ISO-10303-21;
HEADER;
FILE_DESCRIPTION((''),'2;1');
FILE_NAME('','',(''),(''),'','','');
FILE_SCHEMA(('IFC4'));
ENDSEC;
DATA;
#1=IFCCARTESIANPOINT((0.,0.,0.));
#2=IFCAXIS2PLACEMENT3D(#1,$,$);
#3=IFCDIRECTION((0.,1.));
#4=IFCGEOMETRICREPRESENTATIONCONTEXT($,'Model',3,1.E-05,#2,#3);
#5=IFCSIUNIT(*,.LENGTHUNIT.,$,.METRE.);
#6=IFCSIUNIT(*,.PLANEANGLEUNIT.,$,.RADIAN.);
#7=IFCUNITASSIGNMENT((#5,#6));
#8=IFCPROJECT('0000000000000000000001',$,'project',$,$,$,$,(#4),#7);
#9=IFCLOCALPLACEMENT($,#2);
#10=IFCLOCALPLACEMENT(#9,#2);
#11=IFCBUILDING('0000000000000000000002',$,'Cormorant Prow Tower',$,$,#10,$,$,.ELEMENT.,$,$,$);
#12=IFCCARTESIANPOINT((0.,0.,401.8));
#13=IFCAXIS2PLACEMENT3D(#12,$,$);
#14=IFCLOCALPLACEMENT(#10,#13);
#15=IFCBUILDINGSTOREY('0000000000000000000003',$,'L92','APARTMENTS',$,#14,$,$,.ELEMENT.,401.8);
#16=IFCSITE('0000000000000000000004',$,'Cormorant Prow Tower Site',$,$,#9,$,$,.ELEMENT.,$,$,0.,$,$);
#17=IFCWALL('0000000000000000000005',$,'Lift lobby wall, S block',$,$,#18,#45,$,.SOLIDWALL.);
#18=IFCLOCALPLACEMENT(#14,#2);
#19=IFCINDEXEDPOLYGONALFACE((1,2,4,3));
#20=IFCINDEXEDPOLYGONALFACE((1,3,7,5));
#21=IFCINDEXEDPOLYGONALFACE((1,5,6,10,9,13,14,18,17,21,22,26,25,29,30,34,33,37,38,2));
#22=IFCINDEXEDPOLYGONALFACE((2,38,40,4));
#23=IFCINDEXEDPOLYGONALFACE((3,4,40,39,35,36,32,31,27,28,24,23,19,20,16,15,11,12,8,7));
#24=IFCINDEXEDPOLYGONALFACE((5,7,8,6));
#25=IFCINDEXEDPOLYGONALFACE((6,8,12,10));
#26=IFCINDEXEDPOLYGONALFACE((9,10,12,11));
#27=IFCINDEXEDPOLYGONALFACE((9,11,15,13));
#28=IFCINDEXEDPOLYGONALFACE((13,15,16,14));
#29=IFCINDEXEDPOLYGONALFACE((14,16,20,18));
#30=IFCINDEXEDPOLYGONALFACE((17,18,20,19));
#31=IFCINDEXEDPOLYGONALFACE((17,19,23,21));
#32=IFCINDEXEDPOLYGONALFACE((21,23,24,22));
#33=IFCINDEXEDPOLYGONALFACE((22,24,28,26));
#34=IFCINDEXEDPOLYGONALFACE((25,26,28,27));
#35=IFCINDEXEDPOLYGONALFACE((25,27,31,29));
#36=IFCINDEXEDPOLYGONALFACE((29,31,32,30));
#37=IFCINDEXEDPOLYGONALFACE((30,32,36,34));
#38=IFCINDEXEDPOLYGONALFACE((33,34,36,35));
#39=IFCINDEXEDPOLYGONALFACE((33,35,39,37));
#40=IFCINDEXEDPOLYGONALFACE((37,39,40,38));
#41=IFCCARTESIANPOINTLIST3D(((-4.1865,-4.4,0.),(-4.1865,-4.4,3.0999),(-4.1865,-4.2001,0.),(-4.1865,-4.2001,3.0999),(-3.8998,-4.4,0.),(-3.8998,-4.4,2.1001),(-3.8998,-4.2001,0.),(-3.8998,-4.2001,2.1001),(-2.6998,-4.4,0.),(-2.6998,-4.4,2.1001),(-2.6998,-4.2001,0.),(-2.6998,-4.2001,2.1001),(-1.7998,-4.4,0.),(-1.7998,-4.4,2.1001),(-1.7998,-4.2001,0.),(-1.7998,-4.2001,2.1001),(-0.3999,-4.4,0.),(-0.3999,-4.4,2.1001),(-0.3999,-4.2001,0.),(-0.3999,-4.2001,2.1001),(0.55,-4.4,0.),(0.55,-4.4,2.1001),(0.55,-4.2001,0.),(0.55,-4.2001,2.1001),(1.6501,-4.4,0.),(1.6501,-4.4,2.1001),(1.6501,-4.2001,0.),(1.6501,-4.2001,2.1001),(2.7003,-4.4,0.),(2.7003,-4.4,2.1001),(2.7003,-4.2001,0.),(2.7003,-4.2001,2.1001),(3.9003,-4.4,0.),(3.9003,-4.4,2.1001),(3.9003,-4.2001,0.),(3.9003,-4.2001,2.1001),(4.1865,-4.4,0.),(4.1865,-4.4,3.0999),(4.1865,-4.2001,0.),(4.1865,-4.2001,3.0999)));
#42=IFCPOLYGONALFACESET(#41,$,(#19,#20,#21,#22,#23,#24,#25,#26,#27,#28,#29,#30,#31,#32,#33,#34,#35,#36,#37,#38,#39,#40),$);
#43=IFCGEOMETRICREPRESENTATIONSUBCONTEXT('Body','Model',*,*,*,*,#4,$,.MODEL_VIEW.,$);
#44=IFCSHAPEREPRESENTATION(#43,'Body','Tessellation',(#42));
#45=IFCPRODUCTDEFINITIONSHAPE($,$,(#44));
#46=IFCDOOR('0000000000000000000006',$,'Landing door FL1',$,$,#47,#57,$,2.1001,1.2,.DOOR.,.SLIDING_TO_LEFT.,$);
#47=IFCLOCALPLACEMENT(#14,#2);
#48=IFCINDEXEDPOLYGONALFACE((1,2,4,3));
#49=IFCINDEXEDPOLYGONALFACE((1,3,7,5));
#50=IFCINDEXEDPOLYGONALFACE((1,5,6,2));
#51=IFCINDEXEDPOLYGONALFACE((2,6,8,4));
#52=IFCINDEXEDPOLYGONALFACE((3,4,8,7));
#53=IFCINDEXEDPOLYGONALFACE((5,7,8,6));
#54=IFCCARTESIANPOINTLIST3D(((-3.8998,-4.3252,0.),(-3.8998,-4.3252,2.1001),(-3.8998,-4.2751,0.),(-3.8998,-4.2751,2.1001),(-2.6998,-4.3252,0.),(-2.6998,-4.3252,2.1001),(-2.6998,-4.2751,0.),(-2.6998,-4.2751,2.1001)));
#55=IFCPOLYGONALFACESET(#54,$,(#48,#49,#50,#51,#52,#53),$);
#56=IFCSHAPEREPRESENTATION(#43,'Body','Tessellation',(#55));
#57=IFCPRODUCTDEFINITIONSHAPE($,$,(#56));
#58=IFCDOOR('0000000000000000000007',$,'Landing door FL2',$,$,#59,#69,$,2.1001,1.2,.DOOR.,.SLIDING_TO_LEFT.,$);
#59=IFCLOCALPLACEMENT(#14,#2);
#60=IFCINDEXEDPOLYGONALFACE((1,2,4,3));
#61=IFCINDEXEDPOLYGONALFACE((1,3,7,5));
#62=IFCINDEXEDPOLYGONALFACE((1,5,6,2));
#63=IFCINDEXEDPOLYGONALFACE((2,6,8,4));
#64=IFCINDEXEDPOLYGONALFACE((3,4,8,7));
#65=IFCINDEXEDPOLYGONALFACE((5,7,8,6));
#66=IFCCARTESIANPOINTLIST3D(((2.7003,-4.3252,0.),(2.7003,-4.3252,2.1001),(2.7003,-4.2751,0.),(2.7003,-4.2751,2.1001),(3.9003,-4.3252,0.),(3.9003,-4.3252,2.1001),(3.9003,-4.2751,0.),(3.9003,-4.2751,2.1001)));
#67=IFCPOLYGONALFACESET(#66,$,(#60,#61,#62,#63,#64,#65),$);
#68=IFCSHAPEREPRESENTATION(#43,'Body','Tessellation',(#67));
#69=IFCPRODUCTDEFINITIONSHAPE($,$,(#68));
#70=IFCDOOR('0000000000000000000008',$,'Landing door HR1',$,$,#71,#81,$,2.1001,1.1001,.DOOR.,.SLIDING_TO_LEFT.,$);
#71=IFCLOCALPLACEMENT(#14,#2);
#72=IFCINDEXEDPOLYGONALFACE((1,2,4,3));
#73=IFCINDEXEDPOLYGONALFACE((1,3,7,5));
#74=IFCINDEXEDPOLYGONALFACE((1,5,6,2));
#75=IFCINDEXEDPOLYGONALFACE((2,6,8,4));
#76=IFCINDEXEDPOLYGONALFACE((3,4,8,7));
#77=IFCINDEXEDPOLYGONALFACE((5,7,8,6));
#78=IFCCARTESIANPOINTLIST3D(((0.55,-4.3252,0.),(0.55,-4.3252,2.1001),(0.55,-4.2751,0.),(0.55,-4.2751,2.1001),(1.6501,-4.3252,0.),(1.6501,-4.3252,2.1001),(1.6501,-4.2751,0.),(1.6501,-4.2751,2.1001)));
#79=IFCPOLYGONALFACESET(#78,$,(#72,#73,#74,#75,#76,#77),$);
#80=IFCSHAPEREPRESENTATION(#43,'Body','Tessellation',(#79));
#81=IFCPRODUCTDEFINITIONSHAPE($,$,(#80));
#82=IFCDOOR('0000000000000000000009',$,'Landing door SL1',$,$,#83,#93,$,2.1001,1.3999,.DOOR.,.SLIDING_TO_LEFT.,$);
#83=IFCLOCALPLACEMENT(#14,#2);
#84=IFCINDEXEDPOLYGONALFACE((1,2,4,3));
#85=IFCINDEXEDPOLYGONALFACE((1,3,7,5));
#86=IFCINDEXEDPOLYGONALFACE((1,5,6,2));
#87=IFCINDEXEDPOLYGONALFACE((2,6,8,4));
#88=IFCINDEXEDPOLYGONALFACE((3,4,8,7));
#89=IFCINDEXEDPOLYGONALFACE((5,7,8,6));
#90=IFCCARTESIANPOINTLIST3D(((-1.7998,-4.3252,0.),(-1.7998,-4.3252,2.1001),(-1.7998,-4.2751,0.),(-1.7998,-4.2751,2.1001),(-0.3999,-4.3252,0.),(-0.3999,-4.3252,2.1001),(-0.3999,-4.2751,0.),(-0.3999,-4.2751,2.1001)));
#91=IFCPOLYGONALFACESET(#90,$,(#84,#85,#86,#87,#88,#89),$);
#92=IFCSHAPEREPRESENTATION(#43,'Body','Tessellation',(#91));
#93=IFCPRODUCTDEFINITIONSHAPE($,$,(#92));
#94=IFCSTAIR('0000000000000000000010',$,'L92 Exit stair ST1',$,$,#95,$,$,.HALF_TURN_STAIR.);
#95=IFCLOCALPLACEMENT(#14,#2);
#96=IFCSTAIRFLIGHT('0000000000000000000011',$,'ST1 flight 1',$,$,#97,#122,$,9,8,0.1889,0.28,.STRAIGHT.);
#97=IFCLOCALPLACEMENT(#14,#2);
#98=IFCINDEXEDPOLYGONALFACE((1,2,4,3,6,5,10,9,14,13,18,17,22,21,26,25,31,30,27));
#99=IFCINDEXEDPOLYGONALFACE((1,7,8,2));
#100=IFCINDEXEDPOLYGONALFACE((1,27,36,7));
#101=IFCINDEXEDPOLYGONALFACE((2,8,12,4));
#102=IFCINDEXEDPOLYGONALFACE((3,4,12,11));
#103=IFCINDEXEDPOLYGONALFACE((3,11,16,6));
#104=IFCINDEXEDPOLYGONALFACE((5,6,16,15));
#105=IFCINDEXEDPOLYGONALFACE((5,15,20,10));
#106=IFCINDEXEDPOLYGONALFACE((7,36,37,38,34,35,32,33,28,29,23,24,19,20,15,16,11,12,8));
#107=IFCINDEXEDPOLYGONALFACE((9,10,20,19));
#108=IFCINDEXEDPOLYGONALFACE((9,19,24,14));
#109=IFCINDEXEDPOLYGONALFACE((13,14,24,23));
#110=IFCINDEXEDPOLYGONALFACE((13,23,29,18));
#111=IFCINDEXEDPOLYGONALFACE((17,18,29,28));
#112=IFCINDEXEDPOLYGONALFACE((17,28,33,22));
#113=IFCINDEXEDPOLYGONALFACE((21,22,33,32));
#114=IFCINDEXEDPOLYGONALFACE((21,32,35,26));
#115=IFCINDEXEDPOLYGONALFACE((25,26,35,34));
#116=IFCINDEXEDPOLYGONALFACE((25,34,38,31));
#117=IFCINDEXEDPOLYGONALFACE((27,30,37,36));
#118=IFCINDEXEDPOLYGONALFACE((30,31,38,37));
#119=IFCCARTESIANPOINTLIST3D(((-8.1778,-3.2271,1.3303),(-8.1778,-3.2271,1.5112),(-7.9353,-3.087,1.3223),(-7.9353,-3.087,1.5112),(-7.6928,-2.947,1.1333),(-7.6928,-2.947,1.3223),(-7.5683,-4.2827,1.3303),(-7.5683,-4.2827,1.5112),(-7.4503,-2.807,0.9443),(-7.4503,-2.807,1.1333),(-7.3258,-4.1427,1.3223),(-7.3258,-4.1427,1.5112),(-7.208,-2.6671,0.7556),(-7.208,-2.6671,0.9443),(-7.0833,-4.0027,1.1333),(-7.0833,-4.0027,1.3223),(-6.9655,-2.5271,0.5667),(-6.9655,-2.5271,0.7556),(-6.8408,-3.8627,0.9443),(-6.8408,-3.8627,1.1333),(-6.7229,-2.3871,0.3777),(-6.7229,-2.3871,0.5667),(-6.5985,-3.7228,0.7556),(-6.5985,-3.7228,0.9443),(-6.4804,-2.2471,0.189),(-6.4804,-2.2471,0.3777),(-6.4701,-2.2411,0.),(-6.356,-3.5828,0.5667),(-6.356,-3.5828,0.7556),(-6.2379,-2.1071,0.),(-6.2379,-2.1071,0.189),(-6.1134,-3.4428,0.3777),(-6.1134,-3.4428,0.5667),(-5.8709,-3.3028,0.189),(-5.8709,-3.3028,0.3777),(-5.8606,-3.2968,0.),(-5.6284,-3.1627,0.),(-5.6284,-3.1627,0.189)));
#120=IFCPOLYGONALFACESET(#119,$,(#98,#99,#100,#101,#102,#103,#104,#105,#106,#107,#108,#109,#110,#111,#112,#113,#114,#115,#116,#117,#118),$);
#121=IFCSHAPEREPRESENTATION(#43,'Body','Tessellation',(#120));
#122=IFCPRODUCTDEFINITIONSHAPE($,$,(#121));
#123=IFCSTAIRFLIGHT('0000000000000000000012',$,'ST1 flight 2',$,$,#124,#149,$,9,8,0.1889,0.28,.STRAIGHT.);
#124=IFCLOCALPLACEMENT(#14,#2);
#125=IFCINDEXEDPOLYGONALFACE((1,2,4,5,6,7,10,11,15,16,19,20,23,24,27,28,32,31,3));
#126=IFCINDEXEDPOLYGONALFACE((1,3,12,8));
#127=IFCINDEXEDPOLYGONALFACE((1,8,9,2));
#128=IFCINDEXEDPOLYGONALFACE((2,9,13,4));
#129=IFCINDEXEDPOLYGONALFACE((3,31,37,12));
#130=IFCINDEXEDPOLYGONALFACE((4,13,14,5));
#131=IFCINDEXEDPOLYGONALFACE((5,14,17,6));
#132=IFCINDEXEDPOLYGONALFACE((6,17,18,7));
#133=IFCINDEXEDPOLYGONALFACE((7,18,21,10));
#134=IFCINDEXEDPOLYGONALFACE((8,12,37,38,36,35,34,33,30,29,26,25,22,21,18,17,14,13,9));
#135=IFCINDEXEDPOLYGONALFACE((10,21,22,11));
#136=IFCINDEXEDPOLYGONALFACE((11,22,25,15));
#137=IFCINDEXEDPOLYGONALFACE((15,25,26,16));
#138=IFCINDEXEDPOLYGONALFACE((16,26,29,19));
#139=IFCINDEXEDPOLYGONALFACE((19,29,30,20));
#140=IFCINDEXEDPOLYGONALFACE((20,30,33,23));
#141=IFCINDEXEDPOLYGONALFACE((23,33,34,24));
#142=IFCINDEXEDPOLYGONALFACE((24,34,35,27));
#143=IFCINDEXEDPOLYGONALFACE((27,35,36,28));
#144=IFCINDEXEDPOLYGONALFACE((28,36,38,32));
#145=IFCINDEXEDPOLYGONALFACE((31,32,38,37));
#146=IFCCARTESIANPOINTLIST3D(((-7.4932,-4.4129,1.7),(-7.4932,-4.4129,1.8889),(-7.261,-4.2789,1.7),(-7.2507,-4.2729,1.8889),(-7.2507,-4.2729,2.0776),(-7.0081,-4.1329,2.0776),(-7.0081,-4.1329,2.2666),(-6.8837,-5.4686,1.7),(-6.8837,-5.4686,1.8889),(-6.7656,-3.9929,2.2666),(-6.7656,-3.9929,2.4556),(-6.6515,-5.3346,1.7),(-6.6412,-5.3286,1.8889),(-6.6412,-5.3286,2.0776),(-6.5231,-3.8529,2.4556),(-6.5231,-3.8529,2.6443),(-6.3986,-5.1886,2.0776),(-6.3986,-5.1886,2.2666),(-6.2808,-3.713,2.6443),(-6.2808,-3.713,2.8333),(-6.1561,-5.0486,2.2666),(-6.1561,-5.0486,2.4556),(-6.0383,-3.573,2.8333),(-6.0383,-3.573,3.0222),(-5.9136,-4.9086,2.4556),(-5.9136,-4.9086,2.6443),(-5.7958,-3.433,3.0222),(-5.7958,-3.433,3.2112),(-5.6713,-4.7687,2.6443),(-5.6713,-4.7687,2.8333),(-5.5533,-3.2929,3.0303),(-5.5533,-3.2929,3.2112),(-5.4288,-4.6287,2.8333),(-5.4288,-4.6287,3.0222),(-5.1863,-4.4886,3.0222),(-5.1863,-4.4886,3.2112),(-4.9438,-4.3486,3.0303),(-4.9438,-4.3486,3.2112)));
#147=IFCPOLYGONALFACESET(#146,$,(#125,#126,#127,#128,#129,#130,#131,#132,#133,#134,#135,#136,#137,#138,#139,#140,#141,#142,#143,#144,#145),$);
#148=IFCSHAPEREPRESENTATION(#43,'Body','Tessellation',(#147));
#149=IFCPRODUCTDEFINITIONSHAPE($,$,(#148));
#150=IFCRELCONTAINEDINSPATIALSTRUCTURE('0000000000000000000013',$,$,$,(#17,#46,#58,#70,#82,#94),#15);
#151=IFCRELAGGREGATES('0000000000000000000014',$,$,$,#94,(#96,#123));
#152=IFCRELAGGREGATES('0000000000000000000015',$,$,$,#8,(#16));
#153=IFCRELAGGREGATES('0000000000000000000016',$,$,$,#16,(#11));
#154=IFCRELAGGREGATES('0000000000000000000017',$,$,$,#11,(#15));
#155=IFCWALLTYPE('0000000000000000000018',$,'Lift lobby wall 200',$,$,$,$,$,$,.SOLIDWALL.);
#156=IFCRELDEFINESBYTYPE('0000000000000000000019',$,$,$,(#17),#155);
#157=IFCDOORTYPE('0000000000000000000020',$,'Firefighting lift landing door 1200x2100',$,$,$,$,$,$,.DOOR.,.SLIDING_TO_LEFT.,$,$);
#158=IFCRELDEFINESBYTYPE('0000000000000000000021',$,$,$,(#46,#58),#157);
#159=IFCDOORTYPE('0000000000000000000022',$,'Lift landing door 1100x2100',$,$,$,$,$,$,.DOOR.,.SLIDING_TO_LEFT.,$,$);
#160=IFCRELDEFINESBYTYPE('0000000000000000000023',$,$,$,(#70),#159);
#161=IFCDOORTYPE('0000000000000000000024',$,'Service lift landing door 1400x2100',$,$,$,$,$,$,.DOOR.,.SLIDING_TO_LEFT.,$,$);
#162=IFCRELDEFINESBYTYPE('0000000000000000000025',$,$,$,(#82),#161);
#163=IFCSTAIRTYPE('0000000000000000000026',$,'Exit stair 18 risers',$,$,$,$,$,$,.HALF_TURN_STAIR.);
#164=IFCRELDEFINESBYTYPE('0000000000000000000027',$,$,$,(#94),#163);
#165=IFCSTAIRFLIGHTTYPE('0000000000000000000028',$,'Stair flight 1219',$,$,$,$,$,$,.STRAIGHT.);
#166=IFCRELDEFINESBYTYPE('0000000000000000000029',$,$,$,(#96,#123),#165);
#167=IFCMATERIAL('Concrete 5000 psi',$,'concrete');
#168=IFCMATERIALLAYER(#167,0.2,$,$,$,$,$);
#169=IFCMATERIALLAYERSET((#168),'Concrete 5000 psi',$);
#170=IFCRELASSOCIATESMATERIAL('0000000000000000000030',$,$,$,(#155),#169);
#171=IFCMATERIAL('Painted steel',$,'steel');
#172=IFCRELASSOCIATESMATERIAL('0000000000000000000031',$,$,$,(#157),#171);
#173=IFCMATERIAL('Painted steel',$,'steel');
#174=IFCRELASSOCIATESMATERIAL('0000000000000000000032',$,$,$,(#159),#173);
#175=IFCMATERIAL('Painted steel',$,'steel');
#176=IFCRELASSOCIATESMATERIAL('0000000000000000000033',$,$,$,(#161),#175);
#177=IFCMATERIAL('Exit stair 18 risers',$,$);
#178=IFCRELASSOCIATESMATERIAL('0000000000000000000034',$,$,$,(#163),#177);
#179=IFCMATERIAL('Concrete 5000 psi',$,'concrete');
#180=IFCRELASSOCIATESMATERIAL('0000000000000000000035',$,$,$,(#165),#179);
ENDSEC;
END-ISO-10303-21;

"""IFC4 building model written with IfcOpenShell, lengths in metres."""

from ifc_helpers import new_model, si_unit, direction, frame, frame_2d, origin, place, context, subcontext, project, spatial, polyline, rectangle, outline, extrude, material, layer, layer_set, type_object, element, fill, aggregate, save


model = new_model("IFC4")

# Units and contexts
model_context = context("Model", 3, precision=1e-05, world=origin(), true_north=direction((0.0, 1.0)))
body_context = subcontext(model_context, "Body", "Model", "MODEL_VIEW")
ifc_project = project(units=[si_unit("LENGTHUNIT", "METRE"), si_unit("PLANEANGLEUNIT", "RADIAN")], contexts=[model_context])

# Site, building, storey
site_placement = place(None, origin())
site = spatial("IfcSite", under=ifc_project, at=site_placement, Name="Cormorant Prow Tower Site", CompositionType="ELEMENT", RefElevation=0.0)
building_placement = place(site_placement, origin())
building = spatial("IfcBuilding", under=site, at=building_placement, Name="Cormorant Prow Tower", CompositionType="ELEMENT")
storey_placement = place(building_placement, frame((0.0, 0.0, 401.8)))
storey = spatial("IfcBuildingStorey", under=building, at=storey_placement, Name="L92", Description="APARTMENTS", CompositionType="ELEMENT", Elevation=401.8)

# Wall, openings, doors
ifc_material_1 = material(Name="Concrete 5000 psi", Category="concrete")
ifc_layer_1 = layer(ifc_material_1, 0.2)
ifc_layer_set_1 = layer_set([ifc_layer_1], Name="Concrete 5000 psi")
wall_type_1 = type_object("IfcWallType", Name="Lift lobby wall 200", PredefinedType="SOLIDWALL", material=ifc_layer_set_1)
wall_1_placement = place(storey_placement, frame((-4.1865, -4.3, 0.0), z_axis=(0.0, 0.0, 1.0), x_axis=(1.0, 0.0, 0.0)))
wall_1 = element("IfcWall", 1, at=wall_1_placement, inside=storey, type_object=wall_type_1, Name="Lift lobby wall, S block", PredefinedType="SOLIDWALL", context=body_context, shape_type="SweptSolid", body=[
    extrude(rectangle(XDim=8.373, YDim=0.2, at=frame_2d((4.1865, 0.0))), origin(), (0.0, 0.0, 1.0), 3.0999),
])
opening_1_placement = place(wall_1_placement, frame((0.2866, 0.0, 0.0)))
opening_1 = element("IfcOpeningElement", 2, at=opening_1_placement, cuts=wall_1, PredefinedType="OPENING", context=body_context, shape_type="SweptSolid", body=[
    extrude(rectangle(XDim=1.2, YDim=2.1001, at=frame_2d((0.6001, 1.05))), frame((0.0, 0.1099, 0.0), z_axis=(0.0, -1.0, 0.0), x_axis=(1.0, 0.0, 0.0)), (0.0, 0.0, 1.0), 0.22),
])
opening_2_placement = place(wall_1_placement, frame((2.3867, 0.0, 0.0)))
opening_2 = element("IfcOpeningElement", 3, at=opening_2_placement, cuts=wall_1, PredefinedType="OPENING", context=body_context, shape_type="SweptSolid", body=[
    extrude(rectangle(XDim=1.3999, YDim=2.1001, at=frame_2d((0.7, 1.05))), frame((0.0, 0.1099, 0.0), z_axis=(0.0, -1.0, 0.0), x_axis=(1.0, 0.0, 0.0)), (0.0, 0.0, 1.0), 0.22),
])
opening_3_placement = place(wall_1_placement, frame((4.7366, 0.0, 0.0)))
opening_3 = element("IfcOpeningElement", 4, at=opening_3_placement, cuts=wall_1, PredefinedType="OPENING", context=body_context, shape_type="SweptSolid", body=[
    extrude(rectangle(XDim=1.1001, YDim=2.1001, at=frame_2d((0.55, 1.05))), frame((0.0, 0.1099, 0.0), z_axis=(0.0, -1.0, 0.0), x_axis=(1.0, 0.0, 0.0)), (0.0, 0.0, 1.0), 0.22),
])
opening_4_placement = place(wall_1_placement, frame((6.8867, 0.0, 0.0)))
opening_4 = element("IfcOpeningElement", 5, at=opening_4_placement, cuts=wall_1, PredefinedType="OPENING", context=body_context, shape_type="SweptSolid", body=[
    extrude(rectangle(XDim=1.2, YDim=2.1001, at=frame_2d((0.6001, 1.05))), frame((0.0, 0.1099, 0.0), z_axis=(0.0, -1.0, 0.0), x_axis=(1.0, 0.0, 0.0)), (0.0, 0.0, 1.0), 0.22),
])
ifc_material_2 = material(Name="Painted steel", Category="steel")
door_type_1 = type_object("IfcDoorType", Name="Firefighting lift landing door 1200x2100", OperationType="SLIDING_TO_LEFT", PredefinedType="DOOR", material=ifc_material_2)
door_1_placement = place(opening_1_placement, origin())
door_1 = element("IfcDoor", 6, at=door_1_placement, inside=storey, type_object=door_type_1, Name="Landing door FL1", OperationType="SLIDING_TO_LEFT", OverallHeight=2.1001, OverallWidth=1.2, PredefinedType="DOOR", context=body_context, shape_type="SweptSolid", body=[
    extrude(rectangle(XDim=1.2, YDim=2.1001, at=frame_2d((0.6001, 1.05))), frame((0.0, 0.0249, 0.0), z_axis=(0.0, -1.0, 0.0), x_axis=(1.0, 0.0, 0.0)), (0.0, 0.0, 1.0), 0.05),
])
fill(opening_1, door_1)
door_2_placement = place(opening_4_placement, origin())
door_2 = element("IfcDoor", 7, at=door_2_placement, inside=storey, type_object=door_type_1, Name="Landing door FL2", OperationType="SLIDING_TO_LEFT", OverallHeight=2.1001, OverallWidth=1.2, PredefinedType="DOOR", context=body_context, shape_type="SweptSolid", body=[
    extrude(rectangle(XDim=1.2, YDim=2.1001, at=frame_2d((0.6001, 1.05))), frame((0.0, 0.0249, 0.0), z_axis=(0.0, -1.0, 0.0), x_axis=(1.0, 0.0, 0.0)), (0.0, 0.0, 1.0), 0.05),
])
fill(opening_4, door_2)
ifc_material_3 = material(Name="Painted steel", Category="steel")
door_type_2 = type_object("IfcDoorType", Name="Lift landing door 1100x2100", OperationType="SLIDING_TO_LEFT", PredefinedType="DOOR", material=ifc_material_3)
door_3_placement = place(opening_3_placement, origin())
door_3 = element("IfcDoor", 8, at=door_3_placement, inside=storey, type_object=door_type_2, Name="Landing door HR1", OperationType="SLIDING_TO_LEFT", OverallHeight=2.1001, OverallWidth=1.1001, PredefinedType="DOOR", context=body_context, shape_type="SweptSolid", body=[
    extrude(rectangle(XDim=1.1001, YDim=2.1001, at=frame_2d((0.55, 1.05))), frame((0.0, 0.0249, 0.0), z_axis=(0.0, -1.0, 0.0), x_axis=(1.0, 0.0, 0.0)), (0.0, 0.0, 1.0), 0.05),
])
fill(opening_3, door_3)
ifc_material_4 = material(Name="Painted steel", Category="steel")
door_type_3 = type_object("IfcDoorType", Name="Service lift landing door 1400x2100", OperationType="SLIDING_TO_LEFT", PredefinedType="DOOR", material=ifc_material_4)
door_4_placement = place(opening_2_placement, origin())
door_4 = element("IfcDoor", 9, at=door_4_placement, inside=storey, type_object=door_type_3, Name="Landing door SL1", OperationType="SLIDING_TO_LEFT", OverallHeight=2.1001, OverallWidth=1.3999, PredefinedType="DOOR", context=body_context, shape_type="SweptSolid", body=[
    extrude(rectangle(XDim=1.3999, YDim=2.1001, at=frame_2d((0.7, 1.05))), frame((0.0, 0.0249, 0.0), z_axis=(0.0, -1.0, 0.0), x_axis=(1.0, 0.0, 0.0)), (0.0, 0.0, 1.0), 0.05),
])
fill(opening_2, door_4)

# Stair, stair flights
ifc_material_5 = material(Name="Exit stair 18 risers")
stair_type = type_object("IfcStairType", Name="Exit stair 18 risers", PredefinedType="HALF_TURN_STAIR", material=ifc_material_5)
stair_placement = place(storey_placement, origin())
stair = element("IfcStair", 10, at=stair_placement, inside=storey, type_object=stair_type, Name="L92 Exit stair ST1", PredefinedType="HALF_TURN_STAIR")
ifc_material_6 = material(Name="Concrete 5000 psi", Category="concrete")
stair_flight_type = type_object("IfcStairFlightType", Name="Stair flight 1219", PredefinedType="STRAIGHT", material=ifc_material_6)
stair_flight_1_placement = place(storey_placement, frame((-5.9331, -2.635, 0.0), z_axis=(0.0, 0.0, 1.0), x_axis=(-0.866025, -0.5, 0.0)))
stair_flight_1 = element("IfcStairFlight", 11, at=stair_flight_1_placement, type_object=stair_flight_type, Name="ST1 flight 1", NumberOfRisers=9, NumberOfTreads=8, PredefinedType="STRAIGHT", RiserHeight=0.1889, TreadLength=0.28, context=body_context, shape_type="SweptSolid", body=[
    extrude(outline(polyline([(0.0, 0.0), (0.0, 0.189), (0.28, 0.189), (0.28, 0.3777), (0.5601, 0.3777), (0.5601, 0.5667), (0.8401, 0.5667), (0.8401, 0.7556), (1.1201, 0.7556), (1.1201, 0.9443), (1.3999, 0.9443), (1.3999, 1.1333), (1.6799, 1.1333), (1.6799, 1.3223), (1.96, 1.3223), (1.96, 1.5112), (2.24, 1.5112), (2.24, 1.7), (2.24, 1.3303), (0.2681, 0.0), (0.0, 0.0)])), frame((0.0, 0.6094, 0.0), z_axis=(0.0, -1.0, 0.0), x_axis=(1.0, 0.0, 0.0)), (0.0, 0.0, 1.0), 1.219),
])
stair_flight_2_placement = place(storey_placement, frame((-7.1885, -4.9407, 1.7), z_axis=(0.0, 0.0, 1.0), x_axis=(0.866025, 0.5, 0.0)))
stair_flight_2 = element("IfcStairFlight", 12, at=stair_flight_2_placement, type_object=stair_flight_type, Name="ST1 flight 2", NumberOfRisers=9, NumberOfTreads=8, PredefinedType="STRAIGHT", RiserHeight=0.1889, TreadLength=0.28, context=body_context, shape_type="SweptSolid", body=[
    extrude(outline(polyline([(0.0, 0.0), (0.0, 0.189), (0.28, 0.189), (0.28, 0.3777), (0.5601, 0.3777), (0.5601, 0.5667), (0.8401, 0.5667), (0.8401, 0.7556), (1.1201, 0.7556), (1.1201, 0.9443), (1.3999, 0.9443), (1.3999, 1.1333), (1.6799, 1.1333), (1.6799, 1.3223), (1.96, 1.3223), (1.96, 1.5112), (2.24, 1.5112), (2.24, 1.7), (2.24, 1.3303), (0.2681, 0.0), (0.0, 0.0)])), frame((0.0, 0.6094, 0.0), z_axis=(0.0, -1.0, 0.0), x_axis=(1.0, 0.0, 0.0)), (0.0, 0.0, 1.0), 1.219),
])
aggregate(stair, [stair_flight_1, stair_flight_2])

save(model, "model.ifc")
